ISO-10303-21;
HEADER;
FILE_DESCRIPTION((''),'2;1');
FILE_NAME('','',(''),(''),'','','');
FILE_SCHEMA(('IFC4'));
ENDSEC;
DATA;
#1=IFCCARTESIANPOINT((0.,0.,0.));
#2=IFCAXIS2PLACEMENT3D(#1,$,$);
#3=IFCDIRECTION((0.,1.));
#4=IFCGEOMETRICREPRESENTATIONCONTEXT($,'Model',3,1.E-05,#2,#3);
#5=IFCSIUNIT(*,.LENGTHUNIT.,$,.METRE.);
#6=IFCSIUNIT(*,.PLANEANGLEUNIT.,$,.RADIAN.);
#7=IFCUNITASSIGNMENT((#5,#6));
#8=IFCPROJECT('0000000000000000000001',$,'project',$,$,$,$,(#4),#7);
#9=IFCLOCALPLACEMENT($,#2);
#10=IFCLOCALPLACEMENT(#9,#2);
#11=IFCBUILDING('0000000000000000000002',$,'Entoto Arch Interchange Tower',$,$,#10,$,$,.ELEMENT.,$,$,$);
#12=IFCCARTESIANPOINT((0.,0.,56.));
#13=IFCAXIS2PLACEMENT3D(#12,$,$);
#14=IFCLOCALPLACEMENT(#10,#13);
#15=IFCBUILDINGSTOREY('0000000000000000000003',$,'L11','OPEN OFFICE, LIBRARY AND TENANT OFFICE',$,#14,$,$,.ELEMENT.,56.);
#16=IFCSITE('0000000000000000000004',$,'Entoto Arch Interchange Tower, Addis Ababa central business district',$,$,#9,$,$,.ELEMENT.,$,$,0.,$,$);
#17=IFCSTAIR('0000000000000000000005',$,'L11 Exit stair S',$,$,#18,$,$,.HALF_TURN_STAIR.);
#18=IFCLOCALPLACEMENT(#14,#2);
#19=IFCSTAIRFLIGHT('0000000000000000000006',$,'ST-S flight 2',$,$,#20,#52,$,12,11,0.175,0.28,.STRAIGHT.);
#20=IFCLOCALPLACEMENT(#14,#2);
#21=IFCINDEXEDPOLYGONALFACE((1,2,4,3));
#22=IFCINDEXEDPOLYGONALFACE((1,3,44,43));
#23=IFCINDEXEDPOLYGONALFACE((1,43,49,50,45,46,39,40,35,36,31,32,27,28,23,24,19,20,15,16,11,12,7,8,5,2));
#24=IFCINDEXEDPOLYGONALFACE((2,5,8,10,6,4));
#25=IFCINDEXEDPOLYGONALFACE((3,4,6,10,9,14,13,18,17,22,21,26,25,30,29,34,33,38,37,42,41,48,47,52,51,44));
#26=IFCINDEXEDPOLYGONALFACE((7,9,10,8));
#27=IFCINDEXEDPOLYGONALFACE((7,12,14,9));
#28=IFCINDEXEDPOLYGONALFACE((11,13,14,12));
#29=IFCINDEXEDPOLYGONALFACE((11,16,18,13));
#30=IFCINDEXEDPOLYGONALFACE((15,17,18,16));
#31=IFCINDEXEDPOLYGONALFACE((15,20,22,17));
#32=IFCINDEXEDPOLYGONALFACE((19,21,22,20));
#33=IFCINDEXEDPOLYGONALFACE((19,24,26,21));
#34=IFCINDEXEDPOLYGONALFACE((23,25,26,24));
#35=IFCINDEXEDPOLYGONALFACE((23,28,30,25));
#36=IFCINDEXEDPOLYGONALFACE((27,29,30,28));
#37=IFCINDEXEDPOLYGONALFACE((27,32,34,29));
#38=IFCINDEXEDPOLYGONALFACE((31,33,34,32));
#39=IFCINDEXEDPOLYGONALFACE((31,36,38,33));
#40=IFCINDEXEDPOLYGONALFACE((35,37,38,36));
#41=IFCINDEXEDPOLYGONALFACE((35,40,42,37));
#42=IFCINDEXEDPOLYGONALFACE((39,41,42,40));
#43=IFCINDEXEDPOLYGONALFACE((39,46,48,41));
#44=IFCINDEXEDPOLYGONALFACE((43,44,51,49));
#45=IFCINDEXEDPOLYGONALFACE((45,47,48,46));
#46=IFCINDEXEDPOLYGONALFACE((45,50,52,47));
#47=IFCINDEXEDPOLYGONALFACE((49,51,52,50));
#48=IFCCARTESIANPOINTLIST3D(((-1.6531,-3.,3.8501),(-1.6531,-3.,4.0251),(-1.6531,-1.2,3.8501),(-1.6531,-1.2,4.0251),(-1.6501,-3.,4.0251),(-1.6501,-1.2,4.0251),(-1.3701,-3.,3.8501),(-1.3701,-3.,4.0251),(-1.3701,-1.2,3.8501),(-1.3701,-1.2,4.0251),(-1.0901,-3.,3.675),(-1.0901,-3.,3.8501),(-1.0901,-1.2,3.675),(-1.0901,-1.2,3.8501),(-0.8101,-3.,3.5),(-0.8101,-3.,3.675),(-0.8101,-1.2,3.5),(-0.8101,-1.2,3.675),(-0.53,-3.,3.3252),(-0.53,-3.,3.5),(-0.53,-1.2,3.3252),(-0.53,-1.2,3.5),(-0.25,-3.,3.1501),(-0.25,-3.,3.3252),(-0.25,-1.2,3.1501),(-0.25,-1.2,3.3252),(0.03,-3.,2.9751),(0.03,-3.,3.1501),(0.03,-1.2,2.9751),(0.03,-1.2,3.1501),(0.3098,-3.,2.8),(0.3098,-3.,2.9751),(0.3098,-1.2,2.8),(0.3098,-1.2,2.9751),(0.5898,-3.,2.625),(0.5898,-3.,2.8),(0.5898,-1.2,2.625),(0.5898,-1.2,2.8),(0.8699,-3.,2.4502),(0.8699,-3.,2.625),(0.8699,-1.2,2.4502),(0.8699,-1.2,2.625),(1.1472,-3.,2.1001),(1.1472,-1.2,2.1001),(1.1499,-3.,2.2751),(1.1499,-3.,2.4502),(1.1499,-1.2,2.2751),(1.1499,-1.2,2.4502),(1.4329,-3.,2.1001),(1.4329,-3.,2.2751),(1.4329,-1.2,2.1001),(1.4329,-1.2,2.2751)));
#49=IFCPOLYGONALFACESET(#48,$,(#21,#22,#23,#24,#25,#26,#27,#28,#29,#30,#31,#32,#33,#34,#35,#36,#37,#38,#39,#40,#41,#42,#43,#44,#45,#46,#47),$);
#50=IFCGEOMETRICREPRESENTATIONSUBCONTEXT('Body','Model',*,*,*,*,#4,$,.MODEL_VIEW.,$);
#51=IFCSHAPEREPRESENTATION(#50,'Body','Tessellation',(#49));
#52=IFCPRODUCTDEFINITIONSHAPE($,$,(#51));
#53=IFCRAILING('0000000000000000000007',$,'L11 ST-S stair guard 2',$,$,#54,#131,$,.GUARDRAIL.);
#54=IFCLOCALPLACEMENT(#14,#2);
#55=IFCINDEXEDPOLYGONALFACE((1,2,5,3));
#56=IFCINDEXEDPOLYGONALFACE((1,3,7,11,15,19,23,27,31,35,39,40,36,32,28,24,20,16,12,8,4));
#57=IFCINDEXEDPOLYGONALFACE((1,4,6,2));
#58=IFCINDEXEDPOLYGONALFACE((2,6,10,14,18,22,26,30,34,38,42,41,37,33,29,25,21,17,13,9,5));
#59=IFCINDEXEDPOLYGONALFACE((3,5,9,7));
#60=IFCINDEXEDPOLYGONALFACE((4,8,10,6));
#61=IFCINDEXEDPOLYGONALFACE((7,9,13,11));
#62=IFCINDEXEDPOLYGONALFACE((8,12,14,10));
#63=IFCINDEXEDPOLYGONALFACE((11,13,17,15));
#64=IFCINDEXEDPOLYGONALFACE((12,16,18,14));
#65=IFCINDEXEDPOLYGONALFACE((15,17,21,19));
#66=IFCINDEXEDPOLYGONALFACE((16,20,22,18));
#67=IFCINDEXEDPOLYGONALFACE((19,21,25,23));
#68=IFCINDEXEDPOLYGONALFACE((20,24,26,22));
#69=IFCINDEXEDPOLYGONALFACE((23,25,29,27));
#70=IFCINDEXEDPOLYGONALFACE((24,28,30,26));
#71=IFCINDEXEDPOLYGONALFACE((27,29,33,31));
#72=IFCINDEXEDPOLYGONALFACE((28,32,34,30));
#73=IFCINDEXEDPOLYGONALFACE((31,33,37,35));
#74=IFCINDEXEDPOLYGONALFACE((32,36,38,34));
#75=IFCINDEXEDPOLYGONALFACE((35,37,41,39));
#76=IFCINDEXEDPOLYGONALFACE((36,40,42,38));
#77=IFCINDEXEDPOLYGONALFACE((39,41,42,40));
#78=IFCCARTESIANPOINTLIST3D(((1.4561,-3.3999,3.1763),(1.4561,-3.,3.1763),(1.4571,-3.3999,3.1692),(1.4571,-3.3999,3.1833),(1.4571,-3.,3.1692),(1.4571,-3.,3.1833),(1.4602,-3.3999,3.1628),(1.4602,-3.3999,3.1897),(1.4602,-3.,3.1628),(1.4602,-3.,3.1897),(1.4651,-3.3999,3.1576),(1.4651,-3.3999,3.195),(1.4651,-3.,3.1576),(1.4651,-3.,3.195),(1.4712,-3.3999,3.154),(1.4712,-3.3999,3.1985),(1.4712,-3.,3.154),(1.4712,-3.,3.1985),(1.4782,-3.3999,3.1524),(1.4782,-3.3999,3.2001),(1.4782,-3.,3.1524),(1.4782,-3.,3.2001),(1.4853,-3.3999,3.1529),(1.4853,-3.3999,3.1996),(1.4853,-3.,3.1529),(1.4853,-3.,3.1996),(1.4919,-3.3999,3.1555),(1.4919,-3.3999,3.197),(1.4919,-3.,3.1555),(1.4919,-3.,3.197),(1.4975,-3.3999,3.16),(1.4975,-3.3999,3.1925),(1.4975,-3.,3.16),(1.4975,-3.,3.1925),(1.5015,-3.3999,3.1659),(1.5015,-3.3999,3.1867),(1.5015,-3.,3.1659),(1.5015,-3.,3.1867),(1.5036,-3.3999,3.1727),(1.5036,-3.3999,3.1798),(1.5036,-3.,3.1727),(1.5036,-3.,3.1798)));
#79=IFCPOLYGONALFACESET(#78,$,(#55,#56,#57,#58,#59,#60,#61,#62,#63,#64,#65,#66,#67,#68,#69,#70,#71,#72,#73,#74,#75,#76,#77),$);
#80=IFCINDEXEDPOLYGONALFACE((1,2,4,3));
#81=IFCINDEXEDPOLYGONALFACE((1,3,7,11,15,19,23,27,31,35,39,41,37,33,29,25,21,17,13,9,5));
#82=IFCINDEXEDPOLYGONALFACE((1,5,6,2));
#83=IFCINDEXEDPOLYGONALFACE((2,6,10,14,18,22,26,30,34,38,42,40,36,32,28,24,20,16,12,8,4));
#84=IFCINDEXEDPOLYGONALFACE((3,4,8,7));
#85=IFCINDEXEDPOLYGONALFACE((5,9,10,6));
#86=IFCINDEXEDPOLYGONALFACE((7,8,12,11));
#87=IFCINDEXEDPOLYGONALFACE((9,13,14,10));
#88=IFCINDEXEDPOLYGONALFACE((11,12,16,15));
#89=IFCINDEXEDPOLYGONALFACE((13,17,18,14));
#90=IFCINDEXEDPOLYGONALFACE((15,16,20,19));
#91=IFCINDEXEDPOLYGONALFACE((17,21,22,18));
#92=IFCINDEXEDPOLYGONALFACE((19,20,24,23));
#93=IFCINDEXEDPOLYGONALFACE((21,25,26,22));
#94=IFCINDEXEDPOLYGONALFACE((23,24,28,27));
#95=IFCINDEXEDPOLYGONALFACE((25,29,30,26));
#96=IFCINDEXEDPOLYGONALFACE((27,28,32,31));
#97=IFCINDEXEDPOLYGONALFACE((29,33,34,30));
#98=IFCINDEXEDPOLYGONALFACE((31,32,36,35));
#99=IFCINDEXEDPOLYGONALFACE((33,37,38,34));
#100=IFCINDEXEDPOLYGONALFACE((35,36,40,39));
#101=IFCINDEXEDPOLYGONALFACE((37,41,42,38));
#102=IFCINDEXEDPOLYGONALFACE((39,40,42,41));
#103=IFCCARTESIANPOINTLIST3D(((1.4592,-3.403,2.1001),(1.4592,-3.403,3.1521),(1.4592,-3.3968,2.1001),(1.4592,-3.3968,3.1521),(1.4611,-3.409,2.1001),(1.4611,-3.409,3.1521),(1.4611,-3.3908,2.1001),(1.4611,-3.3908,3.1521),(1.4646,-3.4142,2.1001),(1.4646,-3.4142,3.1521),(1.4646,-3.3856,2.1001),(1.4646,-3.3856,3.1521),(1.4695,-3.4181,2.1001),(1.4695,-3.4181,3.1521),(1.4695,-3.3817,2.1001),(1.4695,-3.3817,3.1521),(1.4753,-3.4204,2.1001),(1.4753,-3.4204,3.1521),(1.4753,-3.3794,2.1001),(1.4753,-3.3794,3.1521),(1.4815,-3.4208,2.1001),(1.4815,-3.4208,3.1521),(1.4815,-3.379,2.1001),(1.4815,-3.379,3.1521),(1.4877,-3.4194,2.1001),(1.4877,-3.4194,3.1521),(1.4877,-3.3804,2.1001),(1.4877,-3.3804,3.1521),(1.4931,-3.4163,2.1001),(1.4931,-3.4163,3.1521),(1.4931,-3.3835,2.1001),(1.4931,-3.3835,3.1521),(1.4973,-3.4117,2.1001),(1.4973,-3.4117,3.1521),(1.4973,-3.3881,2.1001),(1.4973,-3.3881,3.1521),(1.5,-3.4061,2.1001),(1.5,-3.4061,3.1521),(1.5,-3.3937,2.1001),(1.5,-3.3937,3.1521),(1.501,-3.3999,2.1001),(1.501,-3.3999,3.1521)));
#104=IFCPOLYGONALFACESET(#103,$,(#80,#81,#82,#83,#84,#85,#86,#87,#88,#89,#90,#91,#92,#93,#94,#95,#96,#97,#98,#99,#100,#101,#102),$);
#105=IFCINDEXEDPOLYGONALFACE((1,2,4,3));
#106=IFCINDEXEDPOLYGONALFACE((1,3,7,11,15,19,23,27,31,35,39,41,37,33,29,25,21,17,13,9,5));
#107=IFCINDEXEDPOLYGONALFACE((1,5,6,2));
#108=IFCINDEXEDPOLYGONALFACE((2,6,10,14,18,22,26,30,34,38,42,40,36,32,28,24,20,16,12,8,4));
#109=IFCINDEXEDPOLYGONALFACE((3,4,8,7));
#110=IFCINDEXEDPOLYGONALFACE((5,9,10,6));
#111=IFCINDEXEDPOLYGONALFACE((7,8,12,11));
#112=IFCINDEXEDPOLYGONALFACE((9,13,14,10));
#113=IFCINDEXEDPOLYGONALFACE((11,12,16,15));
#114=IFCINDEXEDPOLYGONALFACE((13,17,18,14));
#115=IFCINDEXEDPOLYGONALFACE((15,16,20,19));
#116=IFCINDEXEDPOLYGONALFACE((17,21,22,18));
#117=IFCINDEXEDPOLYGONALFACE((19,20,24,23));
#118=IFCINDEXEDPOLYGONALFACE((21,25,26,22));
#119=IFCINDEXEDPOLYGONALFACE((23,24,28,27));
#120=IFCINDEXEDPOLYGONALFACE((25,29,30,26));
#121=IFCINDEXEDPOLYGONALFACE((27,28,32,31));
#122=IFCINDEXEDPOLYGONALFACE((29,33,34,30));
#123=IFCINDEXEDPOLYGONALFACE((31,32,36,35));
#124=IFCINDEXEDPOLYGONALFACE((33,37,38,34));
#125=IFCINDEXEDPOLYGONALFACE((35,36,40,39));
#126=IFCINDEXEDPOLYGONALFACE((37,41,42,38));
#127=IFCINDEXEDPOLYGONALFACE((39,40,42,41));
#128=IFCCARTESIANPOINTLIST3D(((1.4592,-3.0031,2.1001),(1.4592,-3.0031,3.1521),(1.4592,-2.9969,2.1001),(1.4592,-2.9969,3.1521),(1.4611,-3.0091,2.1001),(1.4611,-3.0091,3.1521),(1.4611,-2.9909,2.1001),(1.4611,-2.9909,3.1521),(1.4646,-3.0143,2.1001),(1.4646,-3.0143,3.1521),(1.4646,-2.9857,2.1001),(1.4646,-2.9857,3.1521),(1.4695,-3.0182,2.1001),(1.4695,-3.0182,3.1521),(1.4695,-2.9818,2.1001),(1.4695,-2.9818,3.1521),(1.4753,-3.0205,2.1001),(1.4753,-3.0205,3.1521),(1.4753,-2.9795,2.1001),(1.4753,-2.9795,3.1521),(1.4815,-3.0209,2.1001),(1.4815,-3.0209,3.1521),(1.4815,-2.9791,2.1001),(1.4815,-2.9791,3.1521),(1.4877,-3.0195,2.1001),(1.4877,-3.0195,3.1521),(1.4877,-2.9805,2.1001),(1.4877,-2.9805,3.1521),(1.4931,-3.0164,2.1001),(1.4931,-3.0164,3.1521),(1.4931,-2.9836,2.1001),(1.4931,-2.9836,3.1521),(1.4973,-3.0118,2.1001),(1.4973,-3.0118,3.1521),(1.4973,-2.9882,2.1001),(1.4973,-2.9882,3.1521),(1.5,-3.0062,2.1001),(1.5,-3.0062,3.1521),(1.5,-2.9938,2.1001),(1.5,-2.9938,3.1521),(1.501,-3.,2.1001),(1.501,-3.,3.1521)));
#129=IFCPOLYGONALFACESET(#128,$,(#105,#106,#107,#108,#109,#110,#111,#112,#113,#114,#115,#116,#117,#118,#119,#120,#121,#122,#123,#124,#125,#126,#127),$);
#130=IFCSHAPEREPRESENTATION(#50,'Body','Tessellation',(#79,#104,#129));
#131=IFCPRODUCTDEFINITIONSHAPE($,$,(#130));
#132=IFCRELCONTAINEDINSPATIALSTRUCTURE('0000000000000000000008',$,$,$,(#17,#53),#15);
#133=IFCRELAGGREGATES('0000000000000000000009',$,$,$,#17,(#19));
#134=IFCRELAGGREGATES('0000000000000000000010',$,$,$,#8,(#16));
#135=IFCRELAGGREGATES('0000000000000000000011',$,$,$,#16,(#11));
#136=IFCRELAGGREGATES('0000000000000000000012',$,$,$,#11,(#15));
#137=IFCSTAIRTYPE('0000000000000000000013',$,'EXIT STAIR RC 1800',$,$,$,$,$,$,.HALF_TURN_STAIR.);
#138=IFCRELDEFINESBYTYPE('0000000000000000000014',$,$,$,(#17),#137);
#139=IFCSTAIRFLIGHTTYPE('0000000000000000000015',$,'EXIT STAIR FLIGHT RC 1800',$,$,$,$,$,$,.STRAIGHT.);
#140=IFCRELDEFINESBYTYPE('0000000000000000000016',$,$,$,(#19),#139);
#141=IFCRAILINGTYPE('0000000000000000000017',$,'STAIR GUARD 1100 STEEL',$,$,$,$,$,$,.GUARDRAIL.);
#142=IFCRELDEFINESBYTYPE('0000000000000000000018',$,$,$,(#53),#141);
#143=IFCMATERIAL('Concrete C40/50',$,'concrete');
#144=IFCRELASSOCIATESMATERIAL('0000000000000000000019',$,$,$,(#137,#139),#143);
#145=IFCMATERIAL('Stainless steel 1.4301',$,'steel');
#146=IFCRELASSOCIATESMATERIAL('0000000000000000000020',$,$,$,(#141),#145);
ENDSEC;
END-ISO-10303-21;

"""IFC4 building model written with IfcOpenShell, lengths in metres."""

from ifc_helpers import new_model, si_unit, direction, frame, origin, origin_2d, place, context, subcontext, project, spatial, polyline, circle, outline, extrude, material, type_object, element, aggregate, save


model = new_model("IFC4")

# Units and contexts
model_context = context("Model", 3, precision=1e-05, world=origin(), true_north=direction((0.0, 1.0)))
body_context = subcontext(model_context, "Body", "Model", "MODEL_VIEW")
ifc_project = project(units=[si_unit("LENGTHUNIT", "METRE"), si_unit("PLANEANGLEUNIT", "RADIAN")], contexts=[model_context])

# Site, building, storey
site_placement = place(None, origin())
site = spatial("IfcSite", under=ifc_project, at=site_placement, Name="Entoto Arch Interchange Tower, Addis Ababa central business district", CompositionType="ELEMENT", RefElevation=0.0)
building_placement = place(site_placement, origin())
building = spatial("IfcBuilding", under=site, at=building_placement, Name="Entoto Arch Interchange Tower", CompositionType="ELEMENT")
storey_placement = place(building_placement, frame((0.0, 0.0, 56.0)))
storey = spatial("IfcBuildingStorey", under=building, at=storey_placement, Name="L11", Description="OPEN OFFICE, LIBRARY AND TENANT OFFICE", CompositionType="ELEMENT", Elevation=56.0)

# Shared definitions
ifc_material_1 = material(Name="Concrete C40/50", Category="concrete")

# Stair, stair flight
stair_type = type_object("IfcStairType", Name="EXIT STAIR RC 1800", PredefinedType="HALF_TURN_STAIR", material=ifc_material_1)
stair_placement = place(storey_placement, origin())
stair = element("IfcStair", 1, at=stair_placement, inside=storey, type_object=stair_type, Name="L11 Exit stair S", PredefinedType="HALF_TURN_STAIR")
stair_flight_type = type_object("IfcStairFlightType", Name="EXIT STAIR FLIGHT RC 1800", PredefinedType="STRAIGHT", material=ifc_material_1)
stair_flight_placement = place(storey_placement, frame((1.4299, -2.1001, 2.1001), z_axis=(0.0, 0.0, 1.0), x_axis=(-1.0, 0.0, 0.0)))
stair_flight = element("IfcStairFlight", 2, at=stair_flight_placement, type_object=stair_flight_type, Name="ST-S flight 2", NumberOfRisers=12, NumberOfTreads=11, PredefinedType="STRAIGHT", RiserHeight=0.175, TreadLength=0.28, context=body_context, shape_type="SweptSolid", body=[
    extrude(outline(polyline([(-0.0029, 0.0), (-0.0029, 0.175), (0.28, 0.175), (0.28, 0.3501), (0.5601, 0.3501), (0.5601, 0.5249), (0.8401, 0.5249), (0.8401, 0.7), (1.1201, 0.7), (1.1201, 0.875), (1.3999, 0.875), (1.3999, 1.05), (1.6799, 1.05), (1.6799, 1.2251), (1.96, 1.2251), (1.96, 1.3999), (2.24, 1.3999), (2.24, 1.575), (2.52, 1.575), (2.52, 1.75), (2.8, 1.75), (2.8, 1.925), (3.0801, 1.925), (3.083, 1.925), (3.083, 1.75), (0.2827, 0.0), (-0.0029, 0.0)])), frame((0.0, 0.8999, 0.0), z_axis=(0.0, -1.0, 0.0), x_axis=(1.0, 0.0, 0.0)), (0.0, 0.0, 1.0), 1.8),
])
aggregate(stair, [stair_flight])

# Railing
ifc_material_2 = material(Name="Stainless steel 1.4301", Category="steel")
railing_type_1 = type_object("IfcRailingType", Name="STAIR GUARD 1100 STEEL", PredefinedType="GUARDRAIL", material=ifc_material_2)
railing_1_placement = place(storey_placement, frame((1.48, -3.3999, 2.1001)))
element("IfcRailing", 3, at=railing_1_placement, inside=storey, type_object=railing_type_1, Name="L11 ST-S stair guard 2", PredefinedType="GUARDRAIL", context=body_context, shape_type="SweptSolid", body=[
    extrude(circle(Radius=0.0239, at=origin_2d()), frame((0.0, 0.0, 1.0762), z_axis=(0.0, 1.0, 0.0), x_axis=(-1.0, 0.0, 0.0)), (0.0, 0.0, 1.0), 0.3999),
    extrude(circle(Radius=0.021, at=origin_2d()), origin(), (0.0, 0.0, 1.0), 1.052),
    extrude(circle(Radius=0.021, at=origin_2d()), frame((0.0, 0.3999, 0.0)), (0.0, 0.0, 1.0), 1.052),
])

save(model, "model.ifc")
